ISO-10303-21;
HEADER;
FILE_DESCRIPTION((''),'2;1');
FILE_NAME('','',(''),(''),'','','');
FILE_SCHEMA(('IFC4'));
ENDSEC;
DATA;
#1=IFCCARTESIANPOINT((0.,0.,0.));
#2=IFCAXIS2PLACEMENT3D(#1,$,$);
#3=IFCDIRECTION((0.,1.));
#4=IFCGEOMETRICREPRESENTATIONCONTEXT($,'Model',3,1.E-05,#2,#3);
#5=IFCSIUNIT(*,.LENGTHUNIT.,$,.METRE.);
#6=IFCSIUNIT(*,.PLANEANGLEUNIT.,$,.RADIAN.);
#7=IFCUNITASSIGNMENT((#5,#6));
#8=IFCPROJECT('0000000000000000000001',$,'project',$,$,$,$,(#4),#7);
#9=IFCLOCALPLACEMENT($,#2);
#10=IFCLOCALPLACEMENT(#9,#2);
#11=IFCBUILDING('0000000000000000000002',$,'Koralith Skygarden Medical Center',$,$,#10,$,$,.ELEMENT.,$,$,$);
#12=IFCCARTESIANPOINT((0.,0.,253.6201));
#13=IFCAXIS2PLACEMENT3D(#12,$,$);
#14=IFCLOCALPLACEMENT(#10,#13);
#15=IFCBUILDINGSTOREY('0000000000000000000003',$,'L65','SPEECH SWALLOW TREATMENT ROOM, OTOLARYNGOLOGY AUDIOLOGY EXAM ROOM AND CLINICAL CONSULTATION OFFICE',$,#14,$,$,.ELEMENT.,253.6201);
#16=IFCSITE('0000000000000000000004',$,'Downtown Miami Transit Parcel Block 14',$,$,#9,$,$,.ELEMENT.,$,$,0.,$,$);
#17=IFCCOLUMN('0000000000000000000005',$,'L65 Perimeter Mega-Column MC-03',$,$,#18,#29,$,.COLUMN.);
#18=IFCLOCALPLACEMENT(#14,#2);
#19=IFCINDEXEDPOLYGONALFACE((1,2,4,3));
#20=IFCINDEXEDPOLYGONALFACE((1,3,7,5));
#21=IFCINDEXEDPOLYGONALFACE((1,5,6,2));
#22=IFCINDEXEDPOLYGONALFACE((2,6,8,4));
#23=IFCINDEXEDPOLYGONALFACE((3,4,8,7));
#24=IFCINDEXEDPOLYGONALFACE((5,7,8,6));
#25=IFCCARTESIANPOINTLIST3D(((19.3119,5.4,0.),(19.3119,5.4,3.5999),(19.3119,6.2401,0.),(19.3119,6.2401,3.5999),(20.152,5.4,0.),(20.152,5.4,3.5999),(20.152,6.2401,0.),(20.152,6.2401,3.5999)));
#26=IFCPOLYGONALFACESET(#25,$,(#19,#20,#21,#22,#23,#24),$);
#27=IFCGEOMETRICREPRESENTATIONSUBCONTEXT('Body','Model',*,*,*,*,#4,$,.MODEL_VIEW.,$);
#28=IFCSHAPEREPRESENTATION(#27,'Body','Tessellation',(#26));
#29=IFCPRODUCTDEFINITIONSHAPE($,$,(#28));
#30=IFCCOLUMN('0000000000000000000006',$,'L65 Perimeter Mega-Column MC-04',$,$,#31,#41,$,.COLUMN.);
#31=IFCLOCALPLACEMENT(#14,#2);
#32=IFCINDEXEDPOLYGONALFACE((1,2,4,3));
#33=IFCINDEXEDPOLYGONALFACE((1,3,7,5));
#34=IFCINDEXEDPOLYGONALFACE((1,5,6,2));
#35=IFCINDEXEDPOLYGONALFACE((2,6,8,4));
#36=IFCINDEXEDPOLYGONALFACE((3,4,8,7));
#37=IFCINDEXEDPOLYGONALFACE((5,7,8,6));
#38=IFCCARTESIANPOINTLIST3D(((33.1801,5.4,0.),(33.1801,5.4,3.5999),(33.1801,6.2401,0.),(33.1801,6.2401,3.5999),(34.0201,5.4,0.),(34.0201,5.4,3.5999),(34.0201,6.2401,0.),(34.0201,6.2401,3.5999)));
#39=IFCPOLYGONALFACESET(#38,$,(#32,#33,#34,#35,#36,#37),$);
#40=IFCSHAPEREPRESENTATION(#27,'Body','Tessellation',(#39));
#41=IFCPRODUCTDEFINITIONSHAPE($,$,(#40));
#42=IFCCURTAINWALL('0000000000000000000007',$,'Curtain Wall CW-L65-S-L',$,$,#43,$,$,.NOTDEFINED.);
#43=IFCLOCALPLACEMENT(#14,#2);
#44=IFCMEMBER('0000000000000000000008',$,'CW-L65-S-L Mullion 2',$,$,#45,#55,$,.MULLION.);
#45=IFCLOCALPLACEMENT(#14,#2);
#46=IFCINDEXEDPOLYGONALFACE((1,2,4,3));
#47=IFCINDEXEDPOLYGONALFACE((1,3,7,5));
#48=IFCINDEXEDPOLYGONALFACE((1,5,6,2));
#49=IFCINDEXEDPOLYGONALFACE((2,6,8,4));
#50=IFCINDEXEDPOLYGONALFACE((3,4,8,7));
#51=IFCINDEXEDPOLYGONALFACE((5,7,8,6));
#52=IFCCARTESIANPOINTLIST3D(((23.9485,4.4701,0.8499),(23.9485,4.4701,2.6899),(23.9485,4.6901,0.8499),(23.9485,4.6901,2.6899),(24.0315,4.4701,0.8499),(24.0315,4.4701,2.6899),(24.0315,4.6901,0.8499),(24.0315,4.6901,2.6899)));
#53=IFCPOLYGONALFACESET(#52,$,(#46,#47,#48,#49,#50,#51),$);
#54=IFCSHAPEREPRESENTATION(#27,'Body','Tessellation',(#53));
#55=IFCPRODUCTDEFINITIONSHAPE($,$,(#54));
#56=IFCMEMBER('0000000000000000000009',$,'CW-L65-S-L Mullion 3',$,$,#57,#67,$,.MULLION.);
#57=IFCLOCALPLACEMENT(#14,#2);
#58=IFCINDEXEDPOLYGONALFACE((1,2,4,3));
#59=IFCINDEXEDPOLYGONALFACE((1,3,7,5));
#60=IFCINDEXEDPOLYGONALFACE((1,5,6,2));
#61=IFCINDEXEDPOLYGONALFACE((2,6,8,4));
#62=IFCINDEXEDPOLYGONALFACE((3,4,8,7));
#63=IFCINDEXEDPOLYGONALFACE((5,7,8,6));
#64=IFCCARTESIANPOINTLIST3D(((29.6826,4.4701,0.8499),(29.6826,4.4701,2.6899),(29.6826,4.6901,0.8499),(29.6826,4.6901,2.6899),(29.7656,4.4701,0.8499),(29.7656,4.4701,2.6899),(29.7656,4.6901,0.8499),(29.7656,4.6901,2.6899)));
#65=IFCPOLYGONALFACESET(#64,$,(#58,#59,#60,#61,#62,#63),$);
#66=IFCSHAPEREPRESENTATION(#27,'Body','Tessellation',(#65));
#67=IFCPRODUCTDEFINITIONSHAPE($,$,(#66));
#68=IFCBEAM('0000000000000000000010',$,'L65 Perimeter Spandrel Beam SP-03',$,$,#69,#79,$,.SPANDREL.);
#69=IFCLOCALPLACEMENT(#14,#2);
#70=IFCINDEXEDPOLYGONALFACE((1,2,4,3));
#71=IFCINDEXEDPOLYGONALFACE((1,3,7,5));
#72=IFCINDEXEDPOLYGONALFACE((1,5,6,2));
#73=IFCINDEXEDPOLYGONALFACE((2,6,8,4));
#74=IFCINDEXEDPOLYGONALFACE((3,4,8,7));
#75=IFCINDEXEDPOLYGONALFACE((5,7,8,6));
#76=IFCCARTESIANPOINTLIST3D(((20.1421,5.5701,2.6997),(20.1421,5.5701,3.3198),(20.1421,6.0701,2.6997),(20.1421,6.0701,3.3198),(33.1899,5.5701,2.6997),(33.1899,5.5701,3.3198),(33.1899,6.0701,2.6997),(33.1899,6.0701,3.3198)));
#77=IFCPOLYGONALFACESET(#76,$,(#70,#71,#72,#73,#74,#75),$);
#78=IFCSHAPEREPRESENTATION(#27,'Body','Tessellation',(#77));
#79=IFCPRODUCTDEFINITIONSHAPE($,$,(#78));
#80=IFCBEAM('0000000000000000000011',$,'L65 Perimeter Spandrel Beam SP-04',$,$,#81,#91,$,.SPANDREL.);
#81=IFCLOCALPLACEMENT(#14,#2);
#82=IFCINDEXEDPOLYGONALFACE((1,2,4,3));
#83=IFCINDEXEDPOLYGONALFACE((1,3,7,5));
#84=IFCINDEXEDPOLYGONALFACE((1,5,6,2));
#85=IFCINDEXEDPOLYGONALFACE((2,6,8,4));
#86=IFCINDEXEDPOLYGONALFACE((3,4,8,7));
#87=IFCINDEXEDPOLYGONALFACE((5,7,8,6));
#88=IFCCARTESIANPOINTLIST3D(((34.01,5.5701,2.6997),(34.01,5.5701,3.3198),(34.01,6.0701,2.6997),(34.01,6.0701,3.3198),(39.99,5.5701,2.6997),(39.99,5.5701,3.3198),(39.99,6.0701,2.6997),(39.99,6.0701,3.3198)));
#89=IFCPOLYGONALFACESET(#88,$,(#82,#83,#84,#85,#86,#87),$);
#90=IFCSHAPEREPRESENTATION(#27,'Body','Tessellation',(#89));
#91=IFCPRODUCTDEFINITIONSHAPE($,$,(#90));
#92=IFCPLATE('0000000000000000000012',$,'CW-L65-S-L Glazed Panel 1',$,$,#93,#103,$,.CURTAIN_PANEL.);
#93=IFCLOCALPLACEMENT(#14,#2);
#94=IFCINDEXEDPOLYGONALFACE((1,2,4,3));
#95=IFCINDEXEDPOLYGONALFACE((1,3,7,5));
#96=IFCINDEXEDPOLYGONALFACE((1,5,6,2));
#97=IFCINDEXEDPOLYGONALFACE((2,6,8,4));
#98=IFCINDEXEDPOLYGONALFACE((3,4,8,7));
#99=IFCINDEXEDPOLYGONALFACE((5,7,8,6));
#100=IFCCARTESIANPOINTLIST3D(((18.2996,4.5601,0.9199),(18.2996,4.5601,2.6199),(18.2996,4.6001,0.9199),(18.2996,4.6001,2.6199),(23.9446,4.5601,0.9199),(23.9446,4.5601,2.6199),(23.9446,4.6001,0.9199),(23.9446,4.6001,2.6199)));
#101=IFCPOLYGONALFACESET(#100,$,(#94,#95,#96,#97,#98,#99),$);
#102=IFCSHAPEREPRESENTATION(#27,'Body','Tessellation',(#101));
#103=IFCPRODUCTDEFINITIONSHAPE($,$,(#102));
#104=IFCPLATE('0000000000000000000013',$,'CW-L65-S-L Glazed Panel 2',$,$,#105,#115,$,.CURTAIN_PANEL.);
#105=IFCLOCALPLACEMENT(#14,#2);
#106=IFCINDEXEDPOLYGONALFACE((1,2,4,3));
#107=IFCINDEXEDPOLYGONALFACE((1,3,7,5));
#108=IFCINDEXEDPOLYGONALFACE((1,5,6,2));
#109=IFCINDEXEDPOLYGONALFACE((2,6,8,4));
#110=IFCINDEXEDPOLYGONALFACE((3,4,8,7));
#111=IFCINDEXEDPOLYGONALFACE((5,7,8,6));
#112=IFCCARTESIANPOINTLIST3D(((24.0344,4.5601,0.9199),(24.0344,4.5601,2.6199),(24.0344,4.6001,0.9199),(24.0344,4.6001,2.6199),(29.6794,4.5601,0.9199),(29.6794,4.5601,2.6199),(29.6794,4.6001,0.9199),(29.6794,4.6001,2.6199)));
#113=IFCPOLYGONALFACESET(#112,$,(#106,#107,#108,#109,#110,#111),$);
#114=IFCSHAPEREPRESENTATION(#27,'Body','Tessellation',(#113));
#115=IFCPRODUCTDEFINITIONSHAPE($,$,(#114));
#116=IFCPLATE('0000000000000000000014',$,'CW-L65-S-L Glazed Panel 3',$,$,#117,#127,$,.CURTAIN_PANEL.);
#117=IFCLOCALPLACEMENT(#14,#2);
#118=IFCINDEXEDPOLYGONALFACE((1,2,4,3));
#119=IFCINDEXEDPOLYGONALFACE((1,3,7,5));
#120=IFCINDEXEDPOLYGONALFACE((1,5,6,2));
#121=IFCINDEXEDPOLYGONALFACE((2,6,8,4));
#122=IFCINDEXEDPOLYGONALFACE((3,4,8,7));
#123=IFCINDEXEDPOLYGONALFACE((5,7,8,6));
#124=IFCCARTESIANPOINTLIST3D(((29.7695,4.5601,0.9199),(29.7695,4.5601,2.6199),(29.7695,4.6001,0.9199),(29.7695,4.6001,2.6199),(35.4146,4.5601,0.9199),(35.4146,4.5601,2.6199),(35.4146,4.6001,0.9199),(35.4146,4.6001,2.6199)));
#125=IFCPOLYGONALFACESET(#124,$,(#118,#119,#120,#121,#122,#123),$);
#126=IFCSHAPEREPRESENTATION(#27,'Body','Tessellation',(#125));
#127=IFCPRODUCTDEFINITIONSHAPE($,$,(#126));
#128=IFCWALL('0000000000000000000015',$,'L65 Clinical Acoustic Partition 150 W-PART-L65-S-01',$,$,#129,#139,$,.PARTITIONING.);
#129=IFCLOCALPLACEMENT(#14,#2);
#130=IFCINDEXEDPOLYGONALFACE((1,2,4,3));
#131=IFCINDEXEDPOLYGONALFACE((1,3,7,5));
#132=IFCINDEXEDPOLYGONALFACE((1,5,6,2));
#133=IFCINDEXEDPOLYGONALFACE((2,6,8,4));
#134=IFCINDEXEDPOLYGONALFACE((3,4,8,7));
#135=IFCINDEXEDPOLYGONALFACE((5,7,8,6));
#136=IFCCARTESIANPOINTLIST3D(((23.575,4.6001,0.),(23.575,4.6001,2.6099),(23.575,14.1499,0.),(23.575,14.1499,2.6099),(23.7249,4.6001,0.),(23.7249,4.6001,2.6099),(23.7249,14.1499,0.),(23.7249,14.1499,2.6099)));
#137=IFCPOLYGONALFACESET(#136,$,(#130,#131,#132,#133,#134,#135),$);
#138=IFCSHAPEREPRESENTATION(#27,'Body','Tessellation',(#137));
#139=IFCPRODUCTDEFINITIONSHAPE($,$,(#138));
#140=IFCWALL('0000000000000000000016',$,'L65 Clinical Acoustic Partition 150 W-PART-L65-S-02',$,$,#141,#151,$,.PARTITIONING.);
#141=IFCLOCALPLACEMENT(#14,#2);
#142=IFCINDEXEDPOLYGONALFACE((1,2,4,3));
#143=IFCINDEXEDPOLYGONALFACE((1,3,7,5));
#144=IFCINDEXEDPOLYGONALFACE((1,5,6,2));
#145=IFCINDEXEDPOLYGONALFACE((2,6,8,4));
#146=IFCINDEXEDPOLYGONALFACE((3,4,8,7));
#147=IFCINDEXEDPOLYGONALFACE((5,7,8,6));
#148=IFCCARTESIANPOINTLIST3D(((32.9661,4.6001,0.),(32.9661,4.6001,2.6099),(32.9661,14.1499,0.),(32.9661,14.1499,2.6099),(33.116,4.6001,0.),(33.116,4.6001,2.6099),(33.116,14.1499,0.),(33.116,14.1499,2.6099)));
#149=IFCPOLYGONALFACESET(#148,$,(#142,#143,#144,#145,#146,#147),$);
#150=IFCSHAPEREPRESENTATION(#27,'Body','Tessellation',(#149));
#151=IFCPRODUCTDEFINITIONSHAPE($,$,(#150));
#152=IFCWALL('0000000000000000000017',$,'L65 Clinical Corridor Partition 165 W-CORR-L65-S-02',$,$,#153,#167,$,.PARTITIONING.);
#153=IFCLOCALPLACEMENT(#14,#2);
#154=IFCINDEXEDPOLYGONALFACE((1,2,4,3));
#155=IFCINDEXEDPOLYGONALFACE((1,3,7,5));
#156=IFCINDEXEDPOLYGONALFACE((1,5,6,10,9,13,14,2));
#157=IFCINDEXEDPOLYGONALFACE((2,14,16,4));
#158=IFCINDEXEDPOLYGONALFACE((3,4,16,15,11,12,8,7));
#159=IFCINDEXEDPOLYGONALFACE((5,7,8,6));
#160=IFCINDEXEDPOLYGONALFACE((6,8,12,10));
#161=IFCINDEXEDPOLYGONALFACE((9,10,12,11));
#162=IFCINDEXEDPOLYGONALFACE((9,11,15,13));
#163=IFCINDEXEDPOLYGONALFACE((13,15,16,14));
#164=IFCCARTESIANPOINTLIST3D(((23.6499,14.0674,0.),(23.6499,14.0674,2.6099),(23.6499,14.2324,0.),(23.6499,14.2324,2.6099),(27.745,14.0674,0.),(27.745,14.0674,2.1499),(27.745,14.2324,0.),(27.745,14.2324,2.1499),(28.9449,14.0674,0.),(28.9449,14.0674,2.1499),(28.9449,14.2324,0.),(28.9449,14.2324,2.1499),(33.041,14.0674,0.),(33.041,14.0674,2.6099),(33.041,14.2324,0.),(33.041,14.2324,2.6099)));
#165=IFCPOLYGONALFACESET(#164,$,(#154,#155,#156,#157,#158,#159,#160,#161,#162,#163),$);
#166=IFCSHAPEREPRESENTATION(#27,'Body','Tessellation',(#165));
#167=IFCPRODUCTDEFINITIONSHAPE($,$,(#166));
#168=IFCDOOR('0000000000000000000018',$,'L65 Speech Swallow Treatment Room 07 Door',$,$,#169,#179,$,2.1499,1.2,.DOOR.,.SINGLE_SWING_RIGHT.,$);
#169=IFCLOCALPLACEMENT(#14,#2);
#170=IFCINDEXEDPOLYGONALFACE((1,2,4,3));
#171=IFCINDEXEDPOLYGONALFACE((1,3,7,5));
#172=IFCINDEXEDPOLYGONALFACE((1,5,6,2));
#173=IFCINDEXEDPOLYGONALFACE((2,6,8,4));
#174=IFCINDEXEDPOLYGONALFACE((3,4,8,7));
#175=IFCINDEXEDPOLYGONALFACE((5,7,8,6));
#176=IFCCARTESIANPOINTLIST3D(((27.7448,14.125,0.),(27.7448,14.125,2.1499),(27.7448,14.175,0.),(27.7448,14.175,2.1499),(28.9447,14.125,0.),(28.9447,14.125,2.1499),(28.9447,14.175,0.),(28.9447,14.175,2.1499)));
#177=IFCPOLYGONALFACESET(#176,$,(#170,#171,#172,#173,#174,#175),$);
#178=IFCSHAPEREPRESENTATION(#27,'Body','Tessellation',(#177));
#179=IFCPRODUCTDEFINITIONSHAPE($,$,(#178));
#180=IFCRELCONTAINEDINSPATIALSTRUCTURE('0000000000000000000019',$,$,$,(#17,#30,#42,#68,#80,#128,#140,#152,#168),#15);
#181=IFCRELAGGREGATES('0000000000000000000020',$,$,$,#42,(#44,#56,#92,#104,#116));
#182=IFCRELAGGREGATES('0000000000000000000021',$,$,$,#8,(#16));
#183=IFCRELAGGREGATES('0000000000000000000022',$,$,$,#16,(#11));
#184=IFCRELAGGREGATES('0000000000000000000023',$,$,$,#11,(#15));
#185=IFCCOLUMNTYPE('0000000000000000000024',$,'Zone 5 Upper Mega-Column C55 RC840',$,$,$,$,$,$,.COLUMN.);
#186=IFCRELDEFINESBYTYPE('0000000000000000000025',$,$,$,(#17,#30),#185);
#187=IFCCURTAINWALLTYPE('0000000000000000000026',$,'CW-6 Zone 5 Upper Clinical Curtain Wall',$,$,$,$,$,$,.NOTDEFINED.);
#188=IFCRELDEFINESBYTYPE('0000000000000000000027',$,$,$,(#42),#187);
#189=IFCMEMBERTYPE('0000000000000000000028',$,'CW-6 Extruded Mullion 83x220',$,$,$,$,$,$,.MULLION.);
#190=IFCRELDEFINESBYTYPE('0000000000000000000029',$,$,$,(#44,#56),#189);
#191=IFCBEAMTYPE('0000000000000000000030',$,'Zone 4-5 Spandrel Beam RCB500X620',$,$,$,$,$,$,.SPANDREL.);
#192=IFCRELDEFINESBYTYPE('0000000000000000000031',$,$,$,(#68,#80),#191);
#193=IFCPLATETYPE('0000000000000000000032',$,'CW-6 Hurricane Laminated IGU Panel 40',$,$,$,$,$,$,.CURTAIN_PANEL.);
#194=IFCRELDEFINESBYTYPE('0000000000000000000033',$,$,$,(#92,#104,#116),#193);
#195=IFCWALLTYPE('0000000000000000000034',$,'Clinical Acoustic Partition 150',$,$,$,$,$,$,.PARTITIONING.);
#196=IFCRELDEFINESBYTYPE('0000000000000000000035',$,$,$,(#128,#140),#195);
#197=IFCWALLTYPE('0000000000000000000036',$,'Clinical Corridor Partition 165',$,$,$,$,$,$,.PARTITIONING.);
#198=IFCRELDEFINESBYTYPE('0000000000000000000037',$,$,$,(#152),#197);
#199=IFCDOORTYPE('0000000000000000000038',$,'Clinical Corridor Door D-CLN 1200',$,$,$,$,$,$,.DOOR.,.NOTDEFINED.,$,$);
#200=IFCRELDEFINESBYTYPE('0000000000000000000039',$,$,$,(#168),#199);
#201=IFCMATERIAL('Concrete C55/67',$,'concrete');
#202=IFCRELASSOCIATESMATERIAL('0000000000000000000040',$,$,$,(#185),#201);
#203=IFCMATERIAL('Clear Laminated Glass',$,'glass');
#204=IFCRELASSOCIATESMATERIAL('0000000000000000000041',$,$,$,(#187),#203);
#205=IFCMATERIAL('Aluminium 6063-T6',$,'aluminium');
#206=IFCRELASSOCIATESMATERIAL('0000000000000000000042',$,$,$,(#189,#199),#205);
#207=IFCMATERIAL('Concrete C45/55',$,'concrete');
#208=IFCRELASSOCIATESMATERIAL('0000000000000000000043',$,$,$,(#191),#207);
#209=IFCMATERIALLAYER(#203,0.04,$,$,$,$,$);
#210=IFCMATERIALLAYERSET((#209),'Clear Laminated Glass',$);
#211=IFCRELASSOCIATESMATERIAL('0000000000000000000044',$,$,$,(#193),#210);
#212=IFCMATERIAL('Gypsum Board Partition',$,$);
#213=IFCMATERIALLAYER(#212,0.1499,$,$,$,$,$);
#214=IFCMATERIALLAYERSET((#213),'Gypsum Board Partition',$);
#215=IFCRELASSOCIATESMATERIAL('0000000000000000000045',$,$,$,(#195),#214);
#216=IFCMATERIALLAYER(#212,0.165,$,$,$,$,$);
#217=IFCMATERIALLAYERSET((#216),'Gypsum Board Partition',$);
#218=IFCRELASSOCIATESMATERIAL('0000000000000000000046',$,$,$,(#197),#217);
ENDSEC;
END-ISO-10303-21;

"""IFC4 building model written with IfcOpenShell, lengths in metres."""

from ifc_helpers import new_model, si_unit, direction, frame, frame_2d, origin, origin_2d, place, context, subcontext, project, spatial, rectangle, extrude, material, layer, layer_set, material_profile, profile_set, type_object, element, fill, aggregate, save


model = new_model("IFC4")

# Units and contexts
model_context = context("Model", 3, precision=1e-05, world=origin(), true_north=direction((0.0, 1.0)))
body_context = subcontext(model_context, "Body", "Model", "MODEL_VIEW")
ifc_project = project(units=[si_unit("LENGTHUNIT", "METRE"), si_unit("PLANEANGLEUNIT", "RADIAN")], contexts=[model_context])

# Site, building, storey
site_placement = place(None, origin())
site = spatial("IfcSite", under=ifc_project, at=site_placement, Name="Downtown Miami Transit Parcel Block 14", CompositionType="ELEMENT", RefElevation=0.0)
building_placement = place(site_placement, origin())
building = spatial("IfcBuilding", under=site, at=building_placement, Name="Koralith Skygarden Medical Center", CompositionType="ELEMENT")
storey_placement = place(building_placement, frame((0.0, 0.0, 253.6201)))
storey = spatial("IfcBuildingStorey", under=building, at=storey_placement, Name="L65", Description="SPEECH SWALLOW TREATMENT ROOM, OTOLARYNGOLOGY AUDIOLOGY EXAM ROOM AND CLINICAL CONSULTATION OFFICE", CompositionType="ELEMENT", Elevation=253.6201)

# Columns
ifc_material_1 = material(Name="Concrete C55/67", Category="concrete")
ifc_material_profile_1 = material_profile(ifc_material_1, rectangle(XDim=0.8401, YDim=0.8401, at=origin_2d()), Name="RC840X840")
ifc_profile_set_1 = profile_set([ifc_material_profile_1], Name="Concrete C55/67")
column_type = type_object("IfcColumnType", Name="Zone 5 Upper Mega-Column C55 RC840", PredefinedType="COLUMN", material=ifc_profile_set_1)
for number, where, z_axis, x_axis, name in (
    (1, (19.7319, 5.8201, 0.0), (0.0, 0.0, 1.0), (1.0, 0.0, 0.0), "L65 Perimeter Mega-Column MC-03"),
    (2, (33.6001, 5.8201, 0.0), (0.0, 0.0, 1.0), (1.0, 0.0, 0.0), "L65 Perimeter Mega-Column MC-04"),
):
    element("IfcColumn", number, at=place(storey_placement, frame(where, z_axis=z_axis, x_axis=x_axis)), inside=storey, type_object=column_type, Name=name, PredefinedType="COLUMN", context=body_context, shape_type="SweptSolid", body=[
        extrude(rectangle(XDim=0.8401, YDim=0.8401, at=origin_2d()), origin(), (0.0, 0.0, 1.0), 3.5999),
    ])

# Curtain wall, members
ifc_material_2 = material(Name="Clear Laminated Glass", Category="glass")
curtain_wall_type = type_object("IfcCurtainWallType", Name="CW-6 Zone 5 Upper Clinical Curtain Wall", PredefinedType="NOTDEFINED", material=ifc_material_2)
curtain_wall_placement = place(storey_placement, origin())
curtain_wall = element("IfcCurtainWall", 3, at=curtain_wall_placement, inside=storey, type_object=curtain_wall_type, Name="Curtain Wall CW-L65-S-L", PredefinedType="NOTDEFINED")
ifc_material_3 = material(Name="Aluminium 6063-T6", Category="aluminium")
ifc_material_profile_2 = material_profile(ifc_material_3, rectangle(XDim=0.083, YDim=0.22, at=origin_2d()), Name="MUL83X220")
ifc_profile_set_2 = profile_set([ifc_material_profile_2], Name="Aluminium 6063-T6")
member_type = type_object("IfcMemberType", Name="CW-6 Extruded Mullion 83x220", PredefinedType="MULLION", material=ifc_profile_set_2)
member_1_placement = place(storey_placement, frame((23.99, 4.5801, 0.8499), z_axis=(0.0, 0.0, 1.0), x_axis=(1.0, 0.0, 0.0)))
member_1 = element("IfcMember", 4, at=member_1_placement, type_object=member_type, Name="CW-L65-S-L Mullion 2", PredefinedType="MULLION", context=body_context, shape_type="SweptSolid", body=[
    extrude(rectangle(XDim=0.083, YDim=0.22, at=origin_2d()), origin(), (0.0, 0.0, 1.0), 1.8401),
])
member_2_placement = place(storey_placement, frame((29.7241, 4.5801, 0.8499), z_axis=(0.0, 0.0, 1.0), x_axis=(1.0, 0.0, 0.0)))
member_2 = element("IfcMember", 5, at=member_2_placement, type_object=member_type, Name="CW-L65-S-L Mullion 3", PredefinedType="MULLION", context=body_context, shape_type="SweptSolid", body=[
    extrude(rectangle(XDim=0.083, YDim=0.22, at=origin_2d()), origin(), (0.0, 0.0, 1.0), 1.8401),
])

# Beams
ifc_material_4 = material(Name="Concrete C45/55", Category="concrete")
ifc_material_profile_3 = material_profile(ifc_material_4, rectangle(XDim=0.5, YDim=0.6201, at=origin_2d()), Name="RCB500X620")
ifc_profile_set_3 = profile_set([ifc_material_profile_3], Name="Concrete C45/55")
beam_type = type_object("IfcBeamType", Name="Zone 4-5 Spandrel Beam RCB500X620", PredefinedType="SPANDREL", material=ifc_profile_set_3)
beam_1_placement = place(storey_placement, frame((20.1421, 5.8201, 3.0098), z_axis=(1.0, 0.0, 0.0), x_axis=(0.0, 1.0, 0.0)))
element("IfcBeam", 6, at=beam_1_placement, inside=storey, type_object=beam_type, Name="L65 Perimeter Spandrel Beam SP-03", PredefinedType="SPANDREL", context=body_context, shape_type="SweptSolid", body=[
    extrude(rectangle(XDim=0.5, YDim=0.6201, at=origin_2d()), origin(), (0.0, 0.0, 1.0), 13.0479),
])
beam_2_placement = place(storey_placement, frame((34.01, 5.8201, 3.0098), z_axis=(1.0, 0.0, 0.0), x_axis=(0.0, 1.0, 0.0)))
element("IfcBeam", 7, at=beam_2_placement, inside=storey, type_object=beam_type, Name="L65 Perimeter Spandrel Beam SP-04", PredefinedType="SPANDREL", context=body_context, shape_type="SweptSolid", body=[
    extrude(rectangle(XDim=0.5, YDim=0.6201, at=origin_2d()), origin(), (0.0, 0.0, 1.0), 5.98),
])

# Plates
ifc_layer_1 = layer(ifc_material_2, 0.04)
ifc_layer_set_1 = layer_set([ifc_layer_1], Name="Clear Laminated Glass")
plate_type = type_object("IfcPlateType", Name="CW-6 Hurricane Laminated IGU Panel 40", PredefinedType="CURTAIN_PANEL", material=ifc_layer_set_1)
plate_1_placement = place(storey_placement, frame((21.1221, 4.5801, 0.9199), z_axis=(0.0, 0.0, 1.0), x_axis=(1.0, 0.0, 0.0)))
plate_1 = element("IfcPlate", 8, at=plate_1_placement, type_object=plate_type, Name="CW-L65-S-L Glazed Panel 1", PredefinedType="CURTAIN_PANEL", context=body_context, shape_type="SweptSolid", body=[
    extrude(rectangle(XDim=5.645, YDim=0.04, at=origin_2d()), origin(), (0.0, 0.0, 1.0), 1.7),
])
plate_2_placement = place(storey_placement, frame((26.8569, 4.5801, 0.9199), z_axis=(0.0, 0.0, 1.0), x_axis=(1.0, 0.0, 0.0)))
plate_2 = element("IfcPlate", 9, at=plate_2_placement, type_object=plate_type, Name="CW-L65-S-L Glazed Panel 2", PredefinedType="CURTAIN_PANEL", context=body_context, shape_type="SweptSolid", body=[
    extrude(rectangle(XDim=5.645, YDim=0.04, at=origin_2d()), origin(), (0.0, 0.0, 1.0), 1.7),
])
plate_3_placement = place(storey_placement, frame((32.592, 4.5801, 0.9199), z_axis=(0.0, 0.0, 1.0), x_axis=(1.0, 0.0, 0.0)))
plate_3 = element("IfcPlate", 10, at=plate_3_placement, type_object=plate_type, Name="CW-L65-S-L Glazed Panel 3", PredefinedType="CURTAIN_PANEL", context=body_context, shape_type="SweptSolid", body=[
    extrude(rectangle(XDim=5.645, YDim=0.04, at=origin_2d()), origin(), (0.0, 0.0, 1.0), 1.7),
])
aggregate(curtain_wall, [member_1, member_2, plate_1, plate_2, plate_3])

# Walls
ifc_material_5 = material(Name="Gypsum Board Partition")
ifc_layer_2 = layer(ifc_material_5, 0.1499)
ifc_layer_set_2 = layer_set([ifc_layer_2], Name="Gypsum Board Partition")
wall_type_1 = type_object("IfcWallType", Name="Clinical Acoustic Partition 150", PredefinedType="PARTITIONING", material=ifc_layer_set_2)
for number, where, z_axis, x_axis, name in (
    (11, (23.6499, 14.1499, 0.0), (0.0, 0.0, 1.0), (0.0, -1.0, 0.0), "L65 Clinical Acoustic Partition 150 W-PART-L65-S-01"),
    (12, (33.041, 14.1499, 0.0), (0.0, 0.0, 1.0), (0.0, -1.0, 0.0), "L65 Clinical Acoustic Partition 150 W-PART-L65-S-02"),
):
    element("IfcWall", number, at=place(storey_placement, frame(where, z_axis=z_axis, x_axis=x_axis)), inside=storey, type_object=wall_type_1, Name=name, PredefinedType="PARTITIONING", context=body_context, shape_type="SweptSolid", body=[
        extrude(rectangle(XDim=9.5498, YDim=0.1499, at=frame_2d((4.7749, 0.0))), origin(), (0.0, 0.0, 1.0), 2.6099),
    ])

# Wall, opening, door
ifc_layer_3 = layer(ifc_material_5, 0.165)
ifc_layer_set_3 = layer_set([ifc_layer_3], Name="Gypsum Board Partition")
wall_type_2 = type_object("IfcWallType", Name="Clinical Corridor Partition 165", PredefinedType="PARTITIONING", material=ifc_layer_set_3)
wall_1_placement = place(storey_placement, frame((23.6499, 14.1499, 0.0), z_axis=(0.0, 0.0, 1.0), x_axis=(1.0, 0.0, 0.0)))
wall_1 = element("IfcWall", 13, at=wall_1_placement, inside=storey, type_object=wall_type_2, Name="L65 Clinical Corridor Partition 165 W-CORR-L65-S-02", PredefinedType="PARTITIONING", context=body_context, shape_type="SweptSolid", body=[
    extrude(rectangle(XDim=9.3911, YDim=0.165, at=frame_2d((4.6956, 0.0))), origin(), (0.0, 0.0, 1.0), 2.6099),
])
opening_1_placement = place(wall_1_placement, frame((4.095, 0.0, 0.0)))
opening_1 = element("IfcOpeningElement", 14, at=opening_1_placement, cuts=wall_1, PredefinedType="OPENING", context=body_context, shape_type="SweptSolid", body=[
    extrude(rectangle(XDim=1.2, YDim=2.1499, at=frame_2d((0.6001, 1.075))), frame((0.0, 0.0925, 0.0), z_axis=(0.0, -1.0, 0.0), x_axis=(1.0, 0.0, 0.0)), (0.0, 0.0, 1.0), 0.1851),
])
door_type_1 = type_object("IfcDoorType", Name="Clinical Corridor Door D-CLN 1200", OperationType="NOTDEFINED", PredefinedType="DOOR", material=ifc_material_3)
door_1_placement = place(opening_1_placement, frame((1.2, 0.0, 0.0), z_axis=(0.0, 0.0, 1.0), x_axis=(-1.0, 0.0, 0.0)))
door_1 = element("IfcDoor", 15, at=door_1_placement, inside=storey, type_object=door_type_1, Name="L65 Speech Swallow Treatment Room 07 Door", OperationType="SINGLE_SWING_RIGHT", OverallHeight=2.1499, OverallWidth=1.2, PredefinedType="DOOR", context=body_context, shape_type="SweptSolid", body=[
    extrude(rectangle(XDim=1.2, YDim=2.1499, at=frame_2d((0.6001, 1.075))), frame((0.0, 0.0249, 0.0), z_axis=(0.0, -1.0, 0.0), x_axis=(1.0, 0.0, 0.0)), (0.0, 0.0, 1.0), 0.05),
])
fill(opening_1, door_1)

save(model, "model.ifc")
